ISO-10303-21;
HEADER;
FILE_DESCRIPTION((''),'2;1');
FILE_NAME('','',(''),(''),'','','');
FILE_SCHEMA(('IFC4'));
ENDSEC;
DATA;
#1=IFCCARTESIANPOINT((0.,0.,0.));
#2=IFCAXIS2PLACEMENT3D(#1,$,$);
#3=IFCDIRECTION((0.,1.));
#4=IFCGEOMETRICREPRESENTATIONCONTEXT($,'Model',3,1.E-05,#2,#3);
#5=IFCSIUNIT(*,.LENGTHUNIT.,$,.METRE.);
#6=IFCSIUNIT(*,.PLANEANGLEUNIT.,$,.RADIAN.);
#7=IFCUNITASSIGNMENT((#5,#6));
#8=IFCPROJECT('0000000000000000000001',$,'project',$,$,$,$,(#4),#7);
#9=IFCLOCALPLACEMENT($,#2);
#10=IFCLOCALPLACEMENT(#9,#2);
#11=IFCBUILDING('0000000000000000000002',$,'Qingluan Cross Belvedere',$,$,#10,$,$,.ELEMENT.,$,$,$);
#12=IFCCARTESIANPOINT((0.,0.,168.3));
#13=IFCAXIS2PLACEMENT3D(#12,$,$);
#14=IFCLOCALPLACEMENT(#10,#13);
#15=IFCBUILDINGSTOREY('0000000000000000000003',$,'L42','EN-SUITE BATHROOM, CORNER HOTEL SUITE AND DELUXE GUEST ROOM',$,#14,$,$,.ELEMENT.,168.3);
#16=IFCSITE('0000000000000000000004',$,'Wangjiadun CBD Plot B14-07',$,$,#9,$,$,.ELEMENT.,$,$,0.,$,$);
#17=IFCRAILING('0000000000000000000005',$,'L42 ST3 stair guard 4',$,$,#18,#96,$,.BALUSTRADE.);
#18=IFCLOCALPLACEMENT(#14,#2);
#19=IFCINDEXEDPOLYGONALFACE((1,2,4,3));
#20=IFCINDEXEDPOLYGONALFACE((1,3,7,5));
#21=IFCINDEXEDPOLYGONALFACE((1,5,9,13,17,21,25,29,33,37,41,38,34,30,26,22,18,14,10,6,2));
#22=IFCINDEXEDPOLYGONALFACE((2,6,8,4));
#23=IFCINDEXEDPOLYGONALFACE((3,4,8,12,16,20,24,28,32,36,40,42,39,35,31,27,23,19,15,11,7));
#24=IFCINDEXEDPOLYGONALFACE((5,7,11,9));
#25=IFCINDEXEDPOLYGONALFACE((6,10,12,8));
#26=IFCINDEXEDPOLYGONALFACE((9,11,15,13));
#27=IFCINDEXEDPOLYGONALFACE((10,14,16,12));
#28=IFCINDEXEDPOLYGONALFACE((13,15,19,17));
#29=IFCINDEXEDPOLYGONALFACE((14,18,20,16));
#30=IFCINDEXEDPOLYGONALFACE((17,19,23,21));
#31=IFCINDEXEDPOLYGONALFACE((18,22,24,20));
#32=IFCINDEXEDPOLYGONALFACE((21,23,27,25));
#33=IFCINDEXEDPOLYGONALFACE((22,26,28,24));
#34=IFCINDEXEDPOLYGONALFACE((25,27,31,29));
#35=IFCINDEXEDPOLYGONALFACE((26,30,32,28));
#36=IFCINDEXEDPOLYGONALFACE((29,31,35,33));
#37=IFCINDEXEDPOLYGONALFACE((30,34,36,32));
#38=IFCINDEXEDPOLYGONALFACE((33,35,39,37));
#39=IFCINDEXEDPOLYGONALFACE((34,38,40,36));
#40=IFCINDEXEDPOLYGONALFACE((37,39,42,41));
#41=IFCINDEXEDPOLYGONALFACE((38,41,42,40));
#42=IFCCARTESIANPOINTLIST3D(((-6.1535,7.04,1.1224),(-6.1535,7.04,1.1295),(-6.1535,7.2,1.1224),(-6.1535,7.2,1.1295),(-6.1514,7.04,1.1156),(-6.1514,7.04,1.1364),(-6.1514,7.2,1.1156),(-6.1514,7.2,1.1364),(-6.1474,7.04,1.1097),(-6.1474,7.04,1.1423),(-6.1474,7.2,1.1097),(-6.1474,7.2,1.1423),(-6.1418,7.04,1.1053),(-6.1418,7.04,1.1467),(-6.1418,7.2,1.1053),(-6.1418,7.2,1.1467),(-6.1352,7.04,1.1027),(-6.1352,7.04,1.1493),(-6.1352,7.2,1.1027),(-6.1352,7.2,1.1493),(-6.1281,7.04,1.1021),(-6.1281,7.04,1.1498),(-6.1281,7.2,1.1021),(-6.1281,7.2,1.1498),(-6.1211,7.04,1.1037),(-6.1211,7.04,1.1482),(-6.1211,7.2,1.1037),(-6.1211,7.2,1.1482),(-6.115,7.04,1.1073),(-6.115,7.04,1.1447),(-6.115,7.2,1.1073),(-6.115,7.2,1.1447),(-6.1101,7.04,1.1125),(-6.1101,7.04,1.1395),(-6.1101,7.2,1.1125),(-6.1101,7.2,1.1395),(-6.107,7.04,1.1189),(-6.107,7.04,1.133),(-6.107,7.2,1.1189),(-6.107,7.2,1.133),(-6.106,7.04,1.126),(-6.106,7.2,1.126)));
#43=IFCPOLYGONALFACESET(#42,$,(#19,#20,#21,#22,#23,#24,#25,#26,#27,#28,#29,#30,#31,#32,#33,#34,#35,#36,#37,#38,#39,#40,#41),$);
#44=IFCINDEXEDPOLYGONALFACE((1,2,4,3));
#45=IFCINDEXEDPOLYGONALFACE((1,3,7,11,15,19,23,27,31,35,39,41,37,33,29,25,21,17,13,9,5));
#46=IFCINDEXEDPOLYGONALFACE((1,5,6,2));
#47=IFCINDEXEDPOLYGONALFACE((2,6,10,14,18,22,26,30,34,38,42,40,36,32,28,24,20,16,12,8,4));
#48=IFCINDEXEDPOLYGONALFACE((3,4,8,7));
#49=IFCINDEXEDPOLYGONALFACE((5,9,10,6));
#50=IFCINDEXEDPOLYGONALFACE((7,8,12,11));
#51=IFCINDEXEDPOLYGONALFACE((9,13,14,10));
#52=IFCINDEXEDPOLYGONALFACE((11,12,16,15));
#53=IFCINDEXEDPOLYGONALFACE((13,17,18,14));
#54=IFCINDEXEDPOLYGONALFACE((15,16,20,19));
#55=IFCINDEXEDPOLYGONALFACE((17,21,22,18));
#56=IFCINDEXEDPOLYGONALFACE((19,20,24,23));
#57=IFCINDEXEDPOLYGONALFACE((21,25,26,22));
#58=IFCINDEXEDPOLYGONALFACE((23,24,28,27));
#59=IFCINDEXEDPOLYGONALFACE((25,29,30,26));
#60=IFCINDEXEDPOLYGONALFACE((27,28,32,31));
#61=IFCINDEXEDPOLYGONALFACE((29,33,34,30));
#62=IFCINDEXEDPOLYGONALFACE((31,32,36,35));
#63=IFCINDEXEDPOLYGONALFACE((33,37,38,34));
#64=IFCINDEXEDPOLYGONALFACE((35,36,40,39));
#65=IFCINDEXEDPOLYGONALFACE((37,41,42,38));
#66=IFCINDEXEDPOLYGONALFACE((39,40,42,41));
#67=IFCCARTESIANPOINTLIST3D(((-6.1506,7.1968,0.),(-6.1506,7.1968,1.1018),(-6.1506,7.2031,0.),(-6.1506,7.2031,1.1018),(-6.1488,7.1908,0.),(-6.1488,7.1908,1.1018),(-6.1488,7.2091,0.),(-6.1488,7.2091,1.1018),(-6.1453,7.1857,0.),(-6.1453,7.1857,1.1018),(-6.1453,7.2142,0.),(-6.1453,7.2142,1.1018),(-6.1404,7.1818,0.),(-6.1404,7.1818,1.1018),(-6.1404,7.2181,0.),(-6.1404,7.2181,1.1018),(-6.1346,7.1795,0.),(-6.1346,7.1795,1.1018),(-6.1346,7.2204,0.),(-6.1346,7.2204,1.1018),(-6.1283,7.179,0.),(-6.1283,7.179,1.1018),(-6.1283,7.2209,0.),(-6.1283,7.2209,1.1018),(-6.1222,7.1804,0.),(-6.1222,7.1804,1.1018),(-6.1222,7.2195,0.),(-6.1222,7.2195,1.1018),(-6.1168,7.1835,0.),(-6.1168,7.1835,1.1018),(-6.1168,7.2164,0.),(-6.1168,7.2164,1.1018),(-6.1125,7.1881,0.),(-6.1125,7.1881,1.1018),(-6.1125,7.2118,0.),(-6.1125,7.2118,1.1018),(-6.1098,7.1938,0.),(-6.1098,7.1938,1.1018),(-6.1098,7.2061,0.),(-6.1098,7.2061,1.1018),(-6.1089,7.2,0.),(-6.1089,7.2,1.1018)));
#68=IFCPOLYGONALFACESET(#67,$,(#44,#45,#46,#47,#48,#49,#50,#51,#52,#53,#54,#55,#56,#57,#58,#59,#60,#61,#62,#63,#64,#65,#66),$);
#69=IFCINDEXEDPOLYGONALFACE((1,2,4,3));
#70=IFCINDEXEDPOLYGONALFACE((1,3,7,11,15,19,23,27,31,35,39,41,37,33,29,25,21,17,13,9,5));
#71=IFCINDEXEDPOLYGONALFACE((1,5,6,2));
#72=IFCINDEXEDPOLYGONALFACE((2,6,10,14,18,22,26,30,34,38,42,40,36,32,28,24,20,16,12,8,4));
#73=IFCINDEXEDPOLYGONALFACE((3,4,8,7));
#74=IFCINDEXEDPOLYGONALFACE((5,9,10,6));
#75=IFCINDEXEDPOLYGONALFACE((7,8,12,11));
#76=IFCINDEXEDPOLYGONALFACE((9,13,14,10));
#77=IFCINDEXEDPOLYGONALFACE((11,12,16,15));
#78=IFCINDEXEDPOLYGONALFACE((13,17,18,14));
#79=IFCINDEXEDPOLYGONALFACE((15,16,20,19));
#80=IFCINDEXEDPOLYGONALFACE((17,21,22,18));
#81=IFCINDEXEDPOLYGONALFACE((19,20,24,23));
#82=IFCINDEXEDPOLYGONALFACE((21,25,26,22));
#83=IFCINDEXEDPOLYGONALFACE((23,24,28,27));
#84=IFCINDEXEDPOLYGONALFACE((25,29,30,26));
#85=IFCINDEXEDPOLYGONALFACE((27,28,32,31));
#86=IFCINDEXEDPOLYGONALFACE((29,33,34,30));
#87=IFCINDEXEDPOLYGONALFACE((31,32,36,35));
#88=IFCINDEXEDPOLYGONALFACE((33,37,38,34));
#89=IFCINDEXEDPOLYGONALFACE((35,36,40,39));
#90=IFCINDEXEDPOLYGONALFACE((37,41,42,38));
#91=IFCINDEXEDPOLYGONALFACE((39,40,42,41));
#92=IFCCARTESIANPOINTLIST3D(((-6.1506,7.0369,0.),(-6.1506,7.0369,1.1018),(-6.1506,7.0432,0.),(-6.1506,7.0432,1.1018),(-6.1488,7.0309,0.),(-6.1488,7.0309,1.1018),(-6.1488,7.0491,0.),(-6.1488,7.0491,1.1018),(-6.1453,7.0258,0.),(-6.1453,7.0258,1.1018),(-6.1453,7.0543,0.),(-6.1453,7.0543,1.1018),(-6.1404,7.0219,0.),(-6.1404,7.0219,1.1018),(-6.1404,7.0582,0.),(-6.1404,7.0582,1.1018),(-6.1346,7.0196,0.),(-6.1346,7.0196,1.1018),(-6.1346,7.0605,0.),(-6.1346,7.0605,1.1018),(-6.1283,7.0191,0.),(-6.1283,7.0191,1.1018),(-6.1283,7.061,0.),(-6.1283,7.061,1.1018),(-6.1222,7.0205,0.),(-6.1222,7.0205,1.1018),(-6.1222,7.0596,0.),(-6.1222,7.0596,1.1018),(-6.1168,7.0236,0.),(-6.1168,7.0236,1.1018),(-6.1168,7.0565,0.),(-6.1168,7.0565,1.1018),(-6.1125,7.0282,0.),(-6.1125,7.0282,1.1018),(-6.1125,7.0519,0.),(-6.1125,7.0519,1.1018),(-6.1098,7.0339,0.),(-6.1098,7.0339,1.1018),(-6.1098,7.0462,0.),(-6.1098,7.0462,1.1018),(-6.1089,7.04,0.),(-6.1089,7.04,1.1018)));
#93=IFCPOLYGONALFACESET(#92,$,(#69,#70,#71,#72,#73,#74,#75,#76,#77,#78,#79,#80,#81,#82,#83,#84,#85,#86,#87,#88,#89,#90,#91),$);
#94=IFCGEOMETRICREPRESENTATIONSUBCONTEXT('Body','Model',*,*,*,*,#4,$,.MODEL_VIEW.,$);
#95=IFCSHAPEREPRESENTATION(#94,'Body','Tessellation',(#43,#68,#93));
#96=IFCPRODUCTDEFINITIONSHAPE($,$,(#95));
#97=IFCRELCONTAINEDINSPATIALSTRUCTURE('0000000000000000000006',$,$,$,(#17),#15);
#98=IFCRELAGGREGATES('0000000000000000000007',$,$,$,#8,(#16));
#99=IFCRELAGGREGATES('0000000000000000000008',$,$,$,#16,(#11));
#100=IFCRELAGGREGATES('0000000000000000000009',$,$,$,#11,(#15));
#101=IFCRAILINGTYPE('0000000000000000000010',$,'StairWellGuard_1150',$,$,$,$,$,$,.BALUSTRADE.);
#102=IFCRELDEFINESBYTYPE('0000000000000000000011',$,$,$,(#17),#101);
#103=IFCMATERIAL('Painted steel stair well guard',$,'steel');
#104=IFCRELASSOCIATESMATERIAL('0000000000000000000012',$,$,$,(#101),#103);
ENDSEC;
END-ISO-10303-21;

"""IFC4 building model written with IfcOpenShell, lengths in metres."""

from ifc_helpers import new_model, si_unit, direction, frame, origin, origin_2d, place, context, subcontext, project, spatial, circle, extrude, material, type_object, element, save


model = new_model("IFC4")

# Units and contexts
model_context = context("Model", 3, precision=1e-05, world=origin(), true_north=direction((0.0, 1.0)))
body_context = subcontext(model_context, "Body", "Model", "MODEL_VIEW")
ifc_project = project(units=[si_unit("LENGTHUNIT", "METRE"), si_unit("PLANEANGLEUNIT", "RADIAN")], contexts=[model_context])

# Site, building, storey
site_placement = place(None, origin())
site = spatial("IfcSite", under=ifc_project, at=site_placement, Name="Wangjiadun CBD Plot B14-07", CompositionType="ELEMENT", RefElevation=0.0)
building_placement = place(site_placement, origin())
building = spatial("IfcBuilding", under=site, at=building_placement, Name="Qingluan Cross Belvedere", CompositionType="ELEMENT")
storey_placement = place(building_placement, frame((0.0, 0.0, 168.3)))
storey = spatial("IfcBuildingStorey", under=building, at=storey_placement, Name="L42", Description="EN-SUITE BATHROOM, CORNER HOTEL SUITE AND DELUXE GUEST ROOM", CompositionType="ELEMENT", Elevation=168.3)

# Railing
ifc_material_1 = material(Name="Painted steel stair well guard", Category="steel")
railing_type_1 = type_object("IfcRailingType", Name="StairWellGuard_1150", PredefinedType="BALUSTRADE", material=ifc_material_1)
railing_1_placement = place(storey_placement, frame((-6.1299, 7.2, 0.0)))
element("IfcRailing", 1, at=railing_1_placement, inside=storey, type_object=railing_type_1, Name="L42 ST3 stair guard 4", PredefinedType="BALUSTRADE", context=body_context, shape_type="SweptSolid", body=[
    extrude(circle(Radius=0.0239, at=origin_2d()), frame((0.0, 0.0, 1.126), z_axis=(0.0, -1.0, 0.0), x_axis=(1.0, 0.0, 0.0)), (0.0, 0.0, 1.0), 0.1599),
    extrude(circle(Radius=0.021, at=origin_2d()), origin(), (0.0, 0.0, 1.0), 1.1018),
    extrude(circle(Radius=0.021, at=origin_2d()), frame((0.0, -0.1599, 0.0)), (0.0, 0.0, 1.0), 1.1018),
])

save(model, "model.ifc")
